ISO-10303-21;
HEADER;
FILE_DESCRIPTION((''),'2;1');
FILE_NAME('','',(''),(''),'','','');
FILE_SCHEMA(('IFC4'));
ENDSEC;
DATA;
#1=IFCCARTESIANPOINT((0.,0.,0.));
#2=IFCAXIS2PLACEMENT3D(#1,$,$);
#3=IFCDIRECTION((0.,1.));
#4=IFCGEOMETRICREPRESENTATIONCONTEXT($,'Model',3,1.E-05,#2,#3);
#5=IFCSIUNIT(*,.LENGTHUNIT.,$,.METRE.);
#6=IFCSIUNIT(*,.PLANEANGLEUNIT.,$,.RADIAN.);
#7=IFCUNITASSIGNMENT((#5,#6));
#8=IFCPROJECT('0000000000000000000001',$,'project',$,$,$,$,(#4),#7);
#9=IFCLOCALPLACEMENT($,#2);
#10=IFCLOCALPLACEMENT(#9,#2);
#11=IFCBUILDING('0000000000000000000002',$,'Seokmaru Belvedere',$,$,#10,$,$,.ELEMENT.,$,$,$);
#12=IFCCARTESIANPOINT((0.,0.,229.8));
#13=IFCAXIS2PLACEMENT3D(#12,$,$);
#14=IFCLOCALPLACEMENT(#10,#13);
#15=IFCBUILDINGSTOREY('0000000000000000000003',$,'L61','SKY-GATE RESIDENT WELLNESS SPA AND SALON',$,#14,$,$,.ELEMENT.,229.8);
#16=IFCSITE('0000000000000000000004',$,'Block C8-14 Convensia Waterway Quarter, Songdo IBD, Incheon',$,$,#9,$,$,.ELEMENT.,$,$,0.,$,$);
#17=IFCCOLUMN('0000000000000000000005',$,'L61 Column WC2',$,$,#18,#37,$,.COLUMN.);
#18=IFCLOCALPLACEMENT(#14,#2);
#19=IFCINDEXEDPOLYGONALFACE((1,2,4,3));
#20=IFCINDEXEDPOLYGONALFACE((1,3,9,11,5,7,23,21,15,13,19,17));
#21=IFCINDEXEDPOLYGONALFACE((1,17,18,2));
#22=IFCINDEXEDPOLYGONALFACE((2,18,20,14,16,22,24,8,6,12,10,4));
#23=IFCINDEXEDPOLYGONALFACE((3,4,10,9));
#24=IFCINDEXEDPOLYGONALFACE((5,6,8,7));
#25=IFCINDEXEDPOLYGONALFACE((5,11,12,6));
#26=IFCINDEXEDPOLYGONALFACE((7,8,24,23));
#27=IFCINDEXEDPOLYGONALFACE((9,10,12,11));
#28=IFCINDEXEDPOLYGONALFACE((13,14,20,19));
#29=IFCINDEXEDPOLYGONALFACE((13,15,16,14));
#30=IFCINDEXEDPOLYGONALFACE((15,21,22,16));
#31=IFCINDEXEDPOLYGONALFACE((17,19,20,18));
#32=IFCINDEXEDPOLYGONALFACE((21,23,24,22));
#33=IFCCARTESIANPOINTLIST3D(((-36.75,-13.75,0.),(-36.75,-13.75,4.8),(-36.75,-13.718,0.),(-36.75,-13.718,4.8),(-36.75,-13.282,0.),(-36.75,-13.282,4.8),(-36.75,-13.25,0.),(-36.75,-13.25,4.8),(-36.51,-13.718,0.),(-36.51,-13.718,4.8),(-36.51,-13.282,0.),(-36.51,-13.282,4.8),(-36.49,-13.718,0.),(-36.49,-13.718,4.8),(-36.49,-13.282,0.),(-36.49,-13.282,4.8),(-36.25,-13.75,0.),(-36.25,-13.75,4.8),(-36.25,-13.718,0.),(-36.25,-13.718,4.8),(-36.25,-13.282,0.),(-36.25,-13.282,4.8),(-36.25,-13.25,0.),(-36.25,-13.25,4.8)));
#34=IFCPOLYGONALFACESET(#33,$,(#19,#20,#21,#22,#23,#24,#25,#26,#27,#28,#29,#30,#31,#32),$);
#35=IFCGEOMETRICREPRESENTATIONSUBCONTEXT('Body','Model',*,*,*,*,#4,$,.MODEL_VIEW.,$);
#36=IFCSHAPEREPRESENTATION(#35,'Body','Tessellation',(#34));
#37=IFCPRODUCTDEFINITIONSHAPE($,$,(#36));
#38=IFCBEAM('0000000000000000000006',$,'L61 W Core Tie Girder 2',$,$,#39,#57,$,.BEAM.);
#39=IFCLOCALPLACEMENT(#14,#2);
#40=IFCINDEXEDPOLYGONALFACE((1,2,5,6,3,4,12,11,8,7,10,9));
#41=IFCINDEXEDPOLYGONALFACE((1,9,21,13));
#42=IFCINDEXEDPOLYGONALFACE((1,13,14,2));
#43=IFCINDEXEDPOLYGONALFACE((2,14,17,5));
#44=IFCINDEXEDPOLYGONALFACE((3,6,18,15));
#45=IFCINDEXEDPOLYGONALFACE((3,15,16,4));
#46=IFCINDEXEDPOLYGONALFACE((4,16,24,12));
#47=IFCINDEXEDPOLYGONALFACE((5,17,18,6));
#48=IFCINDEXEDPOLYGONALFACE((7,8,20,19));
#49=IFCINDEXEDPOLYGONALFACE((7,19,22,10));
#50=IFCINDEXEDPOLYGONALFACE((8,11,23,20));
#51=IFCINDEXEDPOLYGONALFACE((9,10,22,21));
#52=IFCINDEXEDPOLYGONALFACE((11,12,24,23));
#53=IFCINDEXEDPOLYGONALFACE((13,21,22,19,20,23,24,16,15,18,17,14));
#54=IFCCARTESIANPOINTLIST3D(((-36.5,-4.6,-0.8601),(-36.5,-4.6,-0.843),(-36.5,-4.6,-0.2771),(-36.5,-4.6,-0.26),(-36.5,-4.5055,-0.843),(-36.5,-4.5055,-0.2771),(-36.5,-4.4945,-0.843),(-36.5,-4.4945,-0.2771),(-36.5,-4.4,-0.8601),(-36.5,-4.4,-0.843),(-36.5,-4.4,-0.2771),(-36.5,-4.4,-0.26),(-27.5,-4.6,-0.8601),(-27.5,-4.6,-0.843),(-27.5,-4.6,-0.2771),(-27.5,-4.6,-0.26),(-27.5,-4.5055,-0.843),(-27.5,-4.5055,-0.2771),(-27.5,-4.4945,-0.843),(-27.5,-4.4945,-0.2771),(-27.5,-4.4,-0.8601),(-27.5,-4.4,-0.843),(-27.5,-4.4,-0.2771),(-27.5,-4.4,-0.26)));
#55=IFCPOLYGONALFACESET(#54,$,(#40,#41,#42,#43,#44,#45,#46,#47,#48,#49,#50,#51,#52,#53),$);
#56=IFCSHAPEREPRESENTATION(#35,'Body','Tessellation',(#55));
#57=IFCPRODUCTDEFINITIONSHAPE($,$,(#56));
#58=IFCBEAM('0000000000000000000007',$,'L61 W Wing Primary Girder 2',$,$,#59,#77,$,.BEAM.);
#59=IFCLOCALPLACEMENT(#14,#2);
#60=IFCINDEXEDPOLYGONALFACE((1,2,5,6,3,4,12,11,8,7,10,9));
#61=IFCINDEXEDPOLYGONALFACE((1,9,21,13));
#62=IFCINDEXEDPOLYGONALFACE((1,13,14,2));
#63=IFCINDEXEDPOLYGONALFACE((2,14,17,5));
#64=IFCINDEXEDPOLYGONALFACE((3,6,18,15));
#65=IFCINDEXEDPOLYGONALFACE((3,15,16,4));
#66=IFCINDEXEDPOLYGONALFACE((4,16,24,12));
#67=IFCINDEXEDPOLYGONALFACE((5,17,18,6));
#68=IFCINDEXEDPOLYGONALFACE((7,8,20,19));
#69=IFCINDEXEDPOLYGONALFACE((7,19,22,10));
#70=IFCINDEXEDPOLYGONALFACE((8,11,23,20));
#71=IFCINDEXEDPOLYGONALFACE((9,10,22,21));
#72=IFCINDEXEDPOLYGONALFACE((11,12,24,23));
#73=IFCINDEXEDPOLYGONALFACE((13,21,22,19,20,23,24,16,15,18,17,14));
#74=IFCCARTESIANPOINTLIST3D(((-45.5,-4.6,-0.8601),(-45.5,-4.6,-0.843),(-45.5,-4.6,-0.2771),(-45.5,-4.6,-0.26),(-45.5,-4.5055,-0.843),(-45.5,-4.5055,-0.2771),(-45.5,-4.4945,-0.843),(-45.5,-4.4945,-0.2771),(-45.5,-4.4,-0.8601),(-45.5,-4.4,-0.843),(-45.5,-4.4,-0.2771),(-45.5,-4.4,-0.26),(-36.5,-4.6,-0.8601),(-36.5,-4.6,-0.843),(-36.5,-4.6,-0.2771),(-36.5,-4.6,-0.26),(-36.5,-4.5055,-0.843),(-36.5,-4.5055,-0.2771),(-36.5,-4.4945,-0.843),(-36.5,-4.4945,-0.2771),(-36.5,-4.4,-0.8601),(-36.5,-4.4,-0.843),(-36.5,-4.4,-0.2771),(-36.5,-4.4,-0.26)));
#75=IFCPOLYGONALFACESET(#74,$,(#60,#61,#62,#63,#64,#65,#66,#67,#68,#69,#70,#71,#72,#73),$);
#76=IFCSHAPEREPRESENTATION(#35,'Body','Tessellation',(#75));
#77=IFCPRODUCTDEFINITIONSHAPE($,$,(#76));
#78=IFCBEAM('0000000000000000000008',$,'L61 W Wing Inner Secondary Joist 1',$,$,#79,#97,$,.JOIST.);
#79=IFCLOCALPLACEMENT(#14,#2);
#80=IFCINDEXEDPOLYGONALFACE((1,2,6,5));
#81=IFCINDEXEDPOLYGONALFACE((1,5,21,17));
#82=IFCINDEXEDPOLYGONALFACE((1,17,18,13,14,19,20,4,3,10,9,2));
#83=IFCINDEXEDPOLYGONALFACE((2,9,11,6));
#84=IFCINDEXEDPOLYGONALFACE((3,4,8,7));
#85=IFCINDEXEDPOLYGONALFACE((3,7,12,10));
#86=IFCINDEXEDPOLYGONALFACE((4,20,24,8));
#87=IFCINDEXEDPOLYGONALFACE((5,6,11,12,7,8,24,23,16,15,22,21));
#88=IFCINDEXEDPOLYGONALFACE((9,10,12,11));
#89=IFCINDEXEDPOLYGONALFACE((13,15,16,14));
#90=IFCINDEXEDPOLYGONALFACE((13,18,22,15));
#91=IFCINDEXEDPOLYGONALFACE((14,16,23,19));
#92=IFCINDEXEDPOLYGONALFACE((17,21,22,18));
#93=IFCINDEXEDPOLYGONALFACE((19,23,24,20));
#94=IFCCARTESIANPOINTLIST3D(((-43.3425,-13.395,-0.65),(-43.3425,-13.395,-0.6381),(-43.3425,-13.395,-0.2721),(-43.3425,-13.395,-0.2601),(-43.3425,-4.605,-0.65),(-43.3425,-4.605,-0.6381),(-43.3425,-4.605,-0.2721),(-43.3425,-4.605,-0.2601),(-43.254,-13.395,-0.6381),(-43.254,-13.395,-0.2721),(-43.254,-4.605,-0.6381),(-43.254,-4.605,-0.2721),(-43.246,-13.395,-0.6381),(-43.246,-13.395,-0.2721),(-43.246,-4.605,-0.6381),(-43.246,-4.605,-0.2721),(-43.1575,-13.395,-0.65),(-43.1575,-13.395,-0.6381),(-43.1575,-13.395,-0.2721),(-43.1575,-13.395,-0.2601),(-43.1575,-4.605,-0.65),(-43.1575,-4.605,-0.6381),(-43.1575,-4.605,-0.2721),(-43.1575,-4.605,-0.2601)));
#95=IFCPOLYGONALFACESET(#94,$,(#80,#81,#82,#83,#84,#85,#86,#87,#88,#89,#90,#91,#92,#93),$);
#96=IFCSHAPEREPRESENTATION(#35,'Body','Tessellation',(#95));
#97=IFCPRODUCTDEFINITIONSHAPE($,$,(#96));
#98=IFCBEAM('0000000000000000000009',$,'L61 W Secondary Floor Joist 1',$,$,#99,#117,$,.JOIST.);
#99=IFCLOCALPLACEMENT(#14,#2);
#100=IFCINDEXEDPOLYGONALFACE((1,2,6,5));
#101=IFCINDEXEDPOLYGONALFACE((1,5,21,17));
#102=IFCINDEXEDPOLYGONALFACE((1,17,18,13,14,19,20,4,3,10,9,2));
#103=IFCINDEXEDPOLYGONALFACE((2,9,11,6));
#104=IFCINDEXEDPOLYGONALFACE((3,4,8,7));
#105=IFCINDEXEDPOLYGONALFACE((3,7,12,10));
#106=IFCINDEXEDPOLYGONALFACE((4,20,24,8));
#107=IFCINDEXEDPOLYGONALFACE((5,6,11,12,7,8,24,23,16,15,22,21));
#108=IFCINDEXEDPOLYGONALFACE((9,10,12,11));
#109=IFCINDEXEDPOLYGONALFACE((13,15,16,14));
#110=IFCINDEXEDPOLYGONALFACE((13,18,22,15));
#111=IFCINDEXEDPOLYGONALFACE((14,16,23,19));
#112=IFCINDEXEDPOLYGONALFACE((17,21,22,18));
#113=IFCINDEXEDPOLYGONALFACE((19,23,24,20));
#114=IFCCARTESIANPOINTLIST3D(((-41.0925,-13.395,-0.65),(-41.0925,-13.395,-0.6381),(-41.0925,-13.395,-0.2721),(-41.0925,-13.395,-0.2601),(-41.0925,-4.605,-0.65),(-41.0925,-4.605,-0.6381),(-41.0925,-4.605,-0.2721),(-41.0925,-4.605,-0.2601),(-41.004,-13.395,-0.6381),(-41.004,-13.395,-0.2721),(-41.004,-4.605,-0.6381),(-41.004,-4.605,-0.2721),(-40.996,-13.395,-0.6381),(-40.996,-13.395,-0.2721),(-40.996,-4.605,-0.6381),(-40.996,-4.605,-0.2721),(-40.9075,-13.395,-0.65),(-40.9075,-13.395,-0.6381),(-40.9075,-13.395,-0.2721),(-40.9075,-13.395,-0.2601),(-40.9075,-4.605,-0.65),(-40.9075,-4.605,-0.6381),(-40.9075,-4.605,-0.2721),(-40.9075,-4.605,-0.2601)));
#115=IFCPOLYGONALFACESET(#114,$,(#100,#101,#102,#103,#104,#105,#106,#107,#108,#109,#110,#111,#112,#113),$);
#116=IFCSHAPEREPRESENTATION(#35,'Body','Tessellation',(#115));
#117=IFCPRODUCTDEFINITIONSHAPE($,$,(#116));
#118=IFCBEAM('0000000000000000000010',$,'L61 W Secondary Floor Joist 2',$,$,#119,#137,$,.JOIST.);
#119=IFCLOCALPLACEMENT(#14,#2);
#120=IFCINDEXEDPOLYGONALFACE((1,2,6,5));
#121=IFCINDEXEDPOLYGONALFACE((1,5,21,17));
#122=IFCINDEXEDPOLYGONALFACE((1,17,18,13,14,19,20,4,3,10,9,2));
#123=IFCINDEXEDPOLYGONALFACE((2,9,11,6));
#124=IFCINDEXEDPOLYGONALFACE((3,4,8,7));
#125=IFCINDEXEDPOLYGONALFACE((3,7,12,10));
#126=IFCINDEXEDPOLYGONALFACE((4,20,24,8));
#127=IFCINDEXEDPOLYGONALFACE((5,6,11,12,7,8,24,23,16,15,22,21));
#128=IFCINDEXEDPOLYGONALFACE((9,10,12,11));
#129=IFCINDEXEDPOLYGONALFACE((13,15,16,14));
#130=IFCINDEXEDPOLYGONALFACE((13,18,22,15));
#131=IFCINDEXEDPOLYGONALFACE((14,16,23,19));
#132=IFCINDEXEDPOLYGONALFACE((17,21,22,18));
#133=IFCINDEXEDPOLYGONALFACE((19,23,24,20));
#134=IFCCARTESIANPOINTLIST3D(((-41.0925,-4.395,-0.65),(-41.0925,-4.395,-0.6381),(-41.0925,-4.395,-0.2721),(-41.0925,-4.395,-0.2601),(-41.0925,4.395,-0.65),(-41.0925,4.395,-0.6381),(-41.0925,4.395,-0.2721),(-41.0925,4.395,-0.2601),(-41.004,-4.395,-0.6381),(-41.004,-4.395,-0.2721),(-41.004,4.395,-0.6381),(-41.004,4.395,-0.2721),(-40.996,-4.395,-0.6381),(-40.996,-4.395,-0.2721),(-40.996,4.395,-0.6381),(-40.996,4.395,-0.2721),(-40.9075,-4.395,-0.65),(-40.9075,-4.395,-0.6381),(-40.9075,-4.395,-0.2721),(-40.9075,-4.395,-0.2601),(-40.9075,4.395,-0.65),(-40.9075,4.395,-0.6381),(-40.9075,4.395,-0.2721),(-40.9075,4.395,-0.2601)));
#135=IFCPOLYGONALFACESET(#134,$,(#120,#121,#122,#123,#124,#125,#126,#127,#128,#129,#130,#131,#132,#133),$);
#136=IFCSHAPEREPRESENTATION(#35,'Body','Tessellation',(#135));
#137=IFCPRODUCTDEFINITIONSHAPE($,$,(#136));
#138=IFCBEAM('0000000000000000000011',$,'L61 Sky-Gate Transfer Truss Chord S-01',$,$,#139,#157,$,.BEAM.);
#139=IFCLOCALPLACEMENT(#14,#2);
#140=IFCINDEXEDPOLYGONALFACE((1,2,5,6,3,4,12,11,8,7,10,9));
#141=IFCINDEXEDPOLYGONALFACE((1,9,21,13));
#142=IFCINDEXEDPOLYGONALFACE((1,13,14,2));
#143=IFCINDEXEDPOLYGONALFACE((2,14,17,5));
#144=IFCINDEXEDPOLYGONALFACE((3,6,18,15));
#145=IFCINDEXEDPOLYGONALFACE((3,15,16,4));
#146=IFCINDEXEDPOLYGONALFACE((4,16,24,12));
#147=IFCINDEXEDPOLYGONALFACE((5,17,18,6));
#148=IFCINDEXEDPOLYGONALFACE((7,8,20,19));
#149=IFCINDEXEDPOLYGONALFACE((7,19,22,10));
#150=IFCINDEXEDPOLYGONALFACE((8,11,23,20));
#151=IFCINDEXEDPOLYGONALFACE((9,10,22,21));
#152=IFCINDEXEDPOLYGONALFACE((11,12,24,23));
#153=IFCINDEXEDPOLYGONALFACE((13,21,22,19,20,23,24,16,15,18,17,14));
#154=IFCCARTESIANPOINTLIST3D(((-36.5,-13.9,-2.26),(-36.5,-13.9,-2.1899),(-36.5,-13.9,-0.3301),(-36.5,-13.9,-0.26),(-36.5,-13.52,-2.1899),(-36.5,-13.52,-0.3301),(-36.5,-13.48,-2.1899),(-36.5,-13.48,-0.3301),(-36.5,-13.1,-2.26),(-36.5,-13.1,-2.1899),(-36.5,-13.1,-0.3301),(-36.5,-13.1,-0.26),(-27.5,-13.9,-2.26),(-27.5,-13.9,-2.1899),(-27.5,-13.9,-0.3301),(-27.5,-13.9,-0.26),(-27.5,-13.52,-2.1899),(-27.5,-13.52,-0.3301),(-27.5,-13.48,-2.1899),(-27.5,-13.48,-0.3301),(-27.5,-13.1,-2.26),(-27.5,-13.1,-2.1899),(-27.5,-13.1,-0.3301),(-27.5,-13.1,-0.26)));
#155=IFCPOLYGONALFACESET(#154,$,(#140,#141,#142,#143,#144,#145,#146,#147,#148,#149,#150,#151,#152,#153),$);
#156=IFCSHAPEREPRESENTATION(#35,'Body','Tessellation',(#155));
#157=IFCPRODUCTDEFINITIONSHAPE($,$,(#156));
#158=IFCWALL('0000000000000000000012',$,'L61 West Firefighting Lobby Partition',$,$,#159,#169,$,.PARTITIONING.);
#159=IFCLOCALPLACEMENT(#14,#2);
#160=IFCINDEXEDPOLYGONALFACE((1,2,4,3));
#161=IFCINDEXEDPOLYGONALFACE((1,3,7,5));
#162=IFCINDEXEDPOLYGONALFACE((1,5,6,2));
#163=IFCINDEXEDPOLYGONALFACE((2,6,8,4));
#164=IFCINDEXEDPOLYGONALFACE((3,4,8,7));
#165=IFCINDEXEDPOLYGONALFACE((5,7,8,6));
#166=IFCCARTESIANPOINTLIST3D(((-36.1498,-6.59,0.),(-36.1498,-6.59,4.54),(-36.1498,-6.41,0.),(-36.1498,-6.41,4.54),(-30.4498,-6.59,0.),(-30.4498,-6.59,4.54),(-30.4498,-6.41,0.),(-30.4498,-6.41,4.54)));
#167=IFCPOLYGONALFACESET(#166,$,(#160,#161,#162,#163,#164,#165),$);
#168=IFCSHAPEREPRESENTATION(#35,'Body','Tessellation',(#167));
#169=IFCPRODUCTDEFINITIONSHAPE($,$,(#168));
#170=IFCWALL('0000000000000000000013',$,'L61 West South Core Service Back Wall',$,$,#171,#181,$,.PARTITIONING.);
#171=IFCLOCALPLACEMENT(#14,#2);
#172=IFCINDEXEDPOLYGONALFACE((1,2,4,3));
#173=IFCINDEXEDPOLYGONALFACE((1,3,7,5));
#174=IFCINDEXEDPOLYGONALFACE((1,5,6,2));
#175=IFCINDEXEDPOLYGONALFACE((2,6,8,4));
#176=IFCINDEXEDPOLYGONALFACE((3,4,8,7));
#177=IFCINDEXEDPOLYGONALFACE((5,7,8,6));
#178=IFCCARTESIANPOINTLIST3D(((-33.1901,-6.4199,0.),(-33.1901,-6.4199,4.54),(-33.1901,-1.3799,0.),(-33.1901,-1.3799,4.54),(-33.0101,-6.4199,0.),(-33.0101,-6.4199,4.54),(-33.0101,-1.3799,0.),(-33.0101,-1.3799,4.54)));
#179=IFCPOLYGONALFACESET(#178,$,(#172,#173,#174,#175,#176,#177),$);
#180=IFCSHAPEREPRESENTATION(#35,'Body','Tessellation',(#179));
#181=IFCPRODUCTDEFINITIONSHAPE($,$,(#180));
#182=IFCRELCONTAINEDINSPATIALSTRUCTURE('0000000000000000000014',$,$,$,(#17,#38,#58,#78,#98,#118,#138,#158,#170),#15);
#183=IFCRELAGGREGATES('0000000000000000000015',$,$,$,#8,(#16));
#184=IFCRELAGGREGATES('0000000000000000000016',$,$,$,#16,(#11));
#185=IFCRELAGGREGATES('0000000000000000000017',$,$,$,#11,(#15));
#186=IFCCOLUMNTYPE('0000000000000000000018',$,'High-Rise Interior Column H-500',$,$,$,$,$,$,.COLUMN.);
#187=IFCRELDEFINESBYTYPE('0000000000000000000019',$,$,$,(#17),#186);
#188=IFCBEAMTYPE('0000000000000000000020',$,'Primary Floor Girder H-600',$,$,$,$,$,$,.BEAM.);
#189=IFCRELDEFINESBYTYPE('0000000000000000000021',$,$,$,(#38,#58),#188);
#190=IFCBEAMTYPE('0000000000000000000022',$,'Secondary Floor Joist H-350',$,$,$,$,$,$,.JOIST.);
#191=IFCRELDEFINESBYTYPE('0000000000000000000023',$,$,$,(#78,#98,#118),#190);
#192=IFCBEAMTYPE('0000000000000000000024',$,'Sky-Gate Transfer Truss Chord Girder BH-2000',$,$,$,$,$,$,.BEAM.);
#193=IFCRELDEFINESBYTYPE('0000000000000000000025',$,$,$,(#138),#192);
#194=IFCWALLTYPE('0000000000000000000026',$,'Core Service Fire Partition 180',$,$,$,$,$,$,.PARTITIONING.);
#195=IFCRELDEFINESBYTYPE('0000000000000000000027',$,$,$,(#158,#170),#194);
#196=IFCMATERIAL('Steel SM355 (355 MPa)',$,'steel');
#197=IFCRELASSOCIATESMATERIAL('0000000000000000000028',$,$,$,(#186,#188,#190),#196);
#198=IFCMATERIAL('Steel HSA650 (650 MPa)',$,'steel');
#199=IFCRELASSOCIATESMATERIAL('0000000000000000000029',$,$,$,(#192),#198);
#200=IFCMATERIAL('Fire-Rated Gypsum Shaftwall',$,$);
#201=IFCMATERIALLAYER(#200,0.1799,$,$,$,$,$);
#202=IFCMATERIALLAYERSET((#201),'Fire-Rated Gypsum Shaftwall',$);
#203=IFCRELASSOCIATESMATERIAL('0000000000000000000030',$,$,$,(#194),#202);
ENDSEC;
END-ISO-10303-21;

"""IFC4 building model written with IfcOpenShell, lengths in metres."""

from ifc_helpers import new_model, si_unit, direction, frame, frame_2d, origin, origin_2d, place, context, subcontext, project, spatial, rectangle, i_section, extrude, source, transform, mapped, material, layer, layer_set, material_profile, profile_set, type_object, type_shapes, element, save


model = new_model("IFC4")

# Units and contexts
model_context = context("Model", 3, precision=1e-05, world=origin(), true_north=direction((0.0, 1.0)))
body_context = subcontext(model_context, "Body", "Model", "MODEL_VIEW")
ifc_project = project(units=[si_unit("LENGTHUNIT", "METRE"), si_unit("PLANEANGLEUNIT", "RADIAN")], contexts=[model_context])

# Site, building, storey
site_placement = place(None, origin())
site = spatial("IfcSite", under=ifc_project, at=site_placement, Name="Block C8-14 Convensia Waterway Quarter, Songdo IBD, Incheon", CompositionType="ELEMENT", RefElevation=0.0)
building_placement = place(site_placement, origin())
building = spatial("IfcBuilding", under=site, at=building_placement, Name="Seokmaru Belvedere", CompositionType="ELEMENT")
storey_placement = place(building_placement, frame((0.0, 0.0, 229.8)))
storey = spatial("IfcBuildingStorey", under=building, at=storey_placement, Name="L61", Description="SKY-GATE RESIDENT WELLNESS SPA AND SALON", CompositionType="ELEMENT", Elevation=229.8)

# Column
ifc_material_1 = material(Name="Steel SM355 (355 MPa)", Category="steel")
ifc_material_profile_1 = material_profile(ifc_material_1, i_section(OverallWidth=0.5, OverallDepth=0.5, WebThickness=0.02, FlangeThickness=0.032, at=origin_2d()), Name="H-500x500x20x32")
ifc_profile_set_1 = profile_set([ifc_material_profile_1], Name="Steel SM355 (355 MPa)")
column_type = type_object("IfcColumnType", Name="High-Rise Interior Column H-500", PredefinedType="COLUMN", material=ifc_profile_set_1)
shared_shape_1 = source(origin(), body_context, "Body", "SweptSolid", [
    extrude(i_section(OverallWidth=0.5, OverallDepth=0.5, WebThickness=0.02, FlangeThickness=0.032, at=origin_2d()), origin(), (0.0, 0.0, 1.0), 4.8),
])
type_shapes(column_type, [shared_shape_1])
column_placement = place(storey_placement, frame((-36.5, -13.5, 0.0), z_axis=(0.0, 0.0, 1.0), x_axis=(1.0, 0.0, 0.0)))
element("IfcColumn", 1, at=column_placement, inside=storey, type_object=column_type, Name="L61 Column WC2", PredefinedType="COLUMN", context=body_context, shape_type="MappedRepresentation", body=[
    mapped(shared_shape_1, transform((0.0, 0.0, 0.0), scale=1.0)),
])

# Beams
ifc_material_profile_2 = material_profile(ifc_material_1, i_section(OverallWidth=0.2, OverallDepth=0.6001, WebThickness=0.011, FlangeThickness=0.0171, at=origin_2d()), Name="H-600x200x11x17")
ifc_profile_set_2 = profile_set([ifc_material_profile_2], Name="Steel SM355 (355 MPa)")
beam_type_1 = type_object("IfcBeamType", Name="Primary Floor Girder H-600", PredefinedType="BEAM", material=ifc_profile_set_2)
shared_shape_2 = source(origin(), body_context, "Body", "SweptSolid", [
    extrude(i_section(OverallWidth=0.2, OverallDepth=0.6001, WebThickness=0.011, FlangeThickness=0.0171, at=origin_2d()), origin(), (0.0, 0.0, 1.0), 9.0),
])
type_shapes(beam_type_1, [shared_shape_2])
for number, where, z_axis, x_axis, name in (
    (2, (-36.5, -4.5, -0.5601), (1.0, 0.0, 0.0), (0.0, 1.0, 0.0), "L61 W Core Tie Girder 2"),
    (3, (-45.5, -4.5, -0.5601), (1.0, 0.0, 0.0), (0.0, 1.0, 0.0), "L61 W Wing Primary Girder 2"),
):
    element("IfcBeam", number, at=place(storey_placement, frame(where, z_axis=z_axis, x_axis=x_axis)), inside=storey, type_object=beam_type_1, Name=name, PredefinedType="BEAM", context=body_context, shape_type="MappedRepresentation", body=[
        mapped(shared_shape_2, transform((0.0, 0.0, 0.0), scale=1.0)),
    ])
ifc_material_profile_3 = material_profile(ifc_material_1, i_section(OverallWidth=0.1851, OverallDepth=0.3899, WebThickness=0.0081, FlangeThickness=0.012, at=origin_2d()), Name="H-390x185x8x12")
ifc_profile_set_3 = profile_set([ifc_material_profile_3], Name="Steel SM355 (355 MPa)")
beam_type_2 = type_object("IfcBeamType", Name="Secondary Floor Joist H-350", PredefinedType="JOIST", material=ifc_profile_set_3)
shared_shape_3 = source(origin(), body_context, "Body", "SweptSolid", [
    extrude(i_section(OverallWidth=0.1851, OverallDepth=0.3899, WebThickness=0.0081, FlangeThickness=0.012, at=origin_2d()), origin(), (0.0, 0.0, 1.0), 8.79),
])
type_shapes(beam_type_2, [shared_shape_3])
for number, where, z_axis, x_axis, name in (
    (4, (-43.25, -13.395, -0.4551), (0.0, 1.0, 0.0), (-1.0, 0.0, 0.0), "L61 W Wing Inner Secondary Joist 1"),
    (5, (-41.0, -13.395, -0.4551), (0.0, 1.0, 0.0), (-1.0, 0.0, 0.0), "L61 W Secondary Floor Joist 1"),
    (6, (-41.0, -4.395, -0.4551), (0.0, 1.0, 0.0), (-1.0, 0.0, 0.0), "L61 W Secondary Floor Joist 2"),
):
    element("IfcBeam", number, at=place(storey_placement, frame(where, z_axis=z_axis, x_axis=x_axis)), inside=storey, type_object=beam_type_2, Name=name, PredefinedType="JOIST", context=body_context, shape_type="MappedRepresentation", body=[
        mapped(shared_shape_3, transform((0.0, 0.0, 0.0), scale=1.0)),
    ])
ifc_material_2 = material(Name="Steel HSA650 (650 MPa)", Category="steel")
ifc_material_profile_4 = material_profile(ifc_material_2, i_section(OverallWidth=0.8, OverallDepth=2.0, WebThickness=0.04, FlangeThickness=0.0701, at=origin_2d()), Name="BH-2000x800x40x70")
ifc_profile_set_4 = profile_set([ifc_material_profile_4], Name="Steel HSA650 (650 MPa)")
beam_type_3 = type_object("IfcBeamType", Name="Sky-Gate Transfer Truss Chord Girder BH-2000", PredefinedType="BEAM", material=ifc_profile_set_4)
shared_shape_4 = source(origin(), body_context, "Body", "SweptSolid", [
    extrude(i_section(OverallWidth=0.8, OverallDepth=2.0, WebThickness=0.04, FlangeThickness=0.0701, at=origin_2d()), origin(), (0.0, 0.0, 1.0), 9.0),
])
type_shapes(beam_type_3, [shared_shape_4])
beam_placement = place(storey_placement, frame((-36.5, -13.5, -1.26), z_axis=(1.0, 0.0, 0.0), x_axis=(0.0, 1.0, 0.0)))
element("IfcBeam", 7, at=beam_placement, inside=storey, type_object=beam_type_3, Name="L61 Sky-Gate Transfer Truss Chord S-01", PredefinedType="BEAM", context=body_context, shape_type="MappedRepresentation", body=[
    mapped(shared_shape_4, transform((0.0, 0.0, 0.0), scale=1.0)),
])

# Walls
ifc_material_3 = material(Name="Fire-Rated Gypsum Shaftwall")
ifc_layer_1 = layer(ifc_material_3, 0.1799)
ifc_layer_set_1 = layer_set([ifc_layer_1], Name="Fire-Rated Gypsum Shaftwall")
wall_type_1 = type_object("IfcWallType", Name="Core Service Fire Partition 180", PredefinedType="PARTITIONING", material=ifc_layer_set_1)
wall_1_placement = place(storey_placement, frame((-36.1499, -6.5, 0.0), z_axis=(0.0, 0.0, 1.0), x_axis=(1.0, 0.0, 0.0)))
element("IfcWall", 8, at=wall_1_placement, inside=storey, type_object=wall_type_1, Name="L61 West Firefighting Lobby Partition", PredefinedType="PARTITIONING", context=body_context, shape_type="SweptSolid", body=[
    extrude(rectangle(XDim=5.7, YDim=0.1799, at=frame_2d((2.8501, 0.0))), origin(), (0.0, 0.0, 1.0), 4.54),
])
wall_2_placement = place(storey_placement, frame((-33.1001, -6.4199, 0.0), z_axis=(0.0, 0.0, 1.0), x_axis=(0.0, 1.0, 0.0)))
element("IfcWall", 9, at=wall_2_placement, inside=storey, type_object=wall_type_1, Name="L61 West South Core Service Back Wall", PredefinedType="PARTITIONING", context=body_context, shape_type="SweptSolid", body=[
    extrude(rectangle(XDim=5.04, YDim=0.1799, at=frame_2d((2.52, 0.0))), origin(), (0.0, 0.0, 1.0), 4.54),
])

save(model, "model.ifc")
